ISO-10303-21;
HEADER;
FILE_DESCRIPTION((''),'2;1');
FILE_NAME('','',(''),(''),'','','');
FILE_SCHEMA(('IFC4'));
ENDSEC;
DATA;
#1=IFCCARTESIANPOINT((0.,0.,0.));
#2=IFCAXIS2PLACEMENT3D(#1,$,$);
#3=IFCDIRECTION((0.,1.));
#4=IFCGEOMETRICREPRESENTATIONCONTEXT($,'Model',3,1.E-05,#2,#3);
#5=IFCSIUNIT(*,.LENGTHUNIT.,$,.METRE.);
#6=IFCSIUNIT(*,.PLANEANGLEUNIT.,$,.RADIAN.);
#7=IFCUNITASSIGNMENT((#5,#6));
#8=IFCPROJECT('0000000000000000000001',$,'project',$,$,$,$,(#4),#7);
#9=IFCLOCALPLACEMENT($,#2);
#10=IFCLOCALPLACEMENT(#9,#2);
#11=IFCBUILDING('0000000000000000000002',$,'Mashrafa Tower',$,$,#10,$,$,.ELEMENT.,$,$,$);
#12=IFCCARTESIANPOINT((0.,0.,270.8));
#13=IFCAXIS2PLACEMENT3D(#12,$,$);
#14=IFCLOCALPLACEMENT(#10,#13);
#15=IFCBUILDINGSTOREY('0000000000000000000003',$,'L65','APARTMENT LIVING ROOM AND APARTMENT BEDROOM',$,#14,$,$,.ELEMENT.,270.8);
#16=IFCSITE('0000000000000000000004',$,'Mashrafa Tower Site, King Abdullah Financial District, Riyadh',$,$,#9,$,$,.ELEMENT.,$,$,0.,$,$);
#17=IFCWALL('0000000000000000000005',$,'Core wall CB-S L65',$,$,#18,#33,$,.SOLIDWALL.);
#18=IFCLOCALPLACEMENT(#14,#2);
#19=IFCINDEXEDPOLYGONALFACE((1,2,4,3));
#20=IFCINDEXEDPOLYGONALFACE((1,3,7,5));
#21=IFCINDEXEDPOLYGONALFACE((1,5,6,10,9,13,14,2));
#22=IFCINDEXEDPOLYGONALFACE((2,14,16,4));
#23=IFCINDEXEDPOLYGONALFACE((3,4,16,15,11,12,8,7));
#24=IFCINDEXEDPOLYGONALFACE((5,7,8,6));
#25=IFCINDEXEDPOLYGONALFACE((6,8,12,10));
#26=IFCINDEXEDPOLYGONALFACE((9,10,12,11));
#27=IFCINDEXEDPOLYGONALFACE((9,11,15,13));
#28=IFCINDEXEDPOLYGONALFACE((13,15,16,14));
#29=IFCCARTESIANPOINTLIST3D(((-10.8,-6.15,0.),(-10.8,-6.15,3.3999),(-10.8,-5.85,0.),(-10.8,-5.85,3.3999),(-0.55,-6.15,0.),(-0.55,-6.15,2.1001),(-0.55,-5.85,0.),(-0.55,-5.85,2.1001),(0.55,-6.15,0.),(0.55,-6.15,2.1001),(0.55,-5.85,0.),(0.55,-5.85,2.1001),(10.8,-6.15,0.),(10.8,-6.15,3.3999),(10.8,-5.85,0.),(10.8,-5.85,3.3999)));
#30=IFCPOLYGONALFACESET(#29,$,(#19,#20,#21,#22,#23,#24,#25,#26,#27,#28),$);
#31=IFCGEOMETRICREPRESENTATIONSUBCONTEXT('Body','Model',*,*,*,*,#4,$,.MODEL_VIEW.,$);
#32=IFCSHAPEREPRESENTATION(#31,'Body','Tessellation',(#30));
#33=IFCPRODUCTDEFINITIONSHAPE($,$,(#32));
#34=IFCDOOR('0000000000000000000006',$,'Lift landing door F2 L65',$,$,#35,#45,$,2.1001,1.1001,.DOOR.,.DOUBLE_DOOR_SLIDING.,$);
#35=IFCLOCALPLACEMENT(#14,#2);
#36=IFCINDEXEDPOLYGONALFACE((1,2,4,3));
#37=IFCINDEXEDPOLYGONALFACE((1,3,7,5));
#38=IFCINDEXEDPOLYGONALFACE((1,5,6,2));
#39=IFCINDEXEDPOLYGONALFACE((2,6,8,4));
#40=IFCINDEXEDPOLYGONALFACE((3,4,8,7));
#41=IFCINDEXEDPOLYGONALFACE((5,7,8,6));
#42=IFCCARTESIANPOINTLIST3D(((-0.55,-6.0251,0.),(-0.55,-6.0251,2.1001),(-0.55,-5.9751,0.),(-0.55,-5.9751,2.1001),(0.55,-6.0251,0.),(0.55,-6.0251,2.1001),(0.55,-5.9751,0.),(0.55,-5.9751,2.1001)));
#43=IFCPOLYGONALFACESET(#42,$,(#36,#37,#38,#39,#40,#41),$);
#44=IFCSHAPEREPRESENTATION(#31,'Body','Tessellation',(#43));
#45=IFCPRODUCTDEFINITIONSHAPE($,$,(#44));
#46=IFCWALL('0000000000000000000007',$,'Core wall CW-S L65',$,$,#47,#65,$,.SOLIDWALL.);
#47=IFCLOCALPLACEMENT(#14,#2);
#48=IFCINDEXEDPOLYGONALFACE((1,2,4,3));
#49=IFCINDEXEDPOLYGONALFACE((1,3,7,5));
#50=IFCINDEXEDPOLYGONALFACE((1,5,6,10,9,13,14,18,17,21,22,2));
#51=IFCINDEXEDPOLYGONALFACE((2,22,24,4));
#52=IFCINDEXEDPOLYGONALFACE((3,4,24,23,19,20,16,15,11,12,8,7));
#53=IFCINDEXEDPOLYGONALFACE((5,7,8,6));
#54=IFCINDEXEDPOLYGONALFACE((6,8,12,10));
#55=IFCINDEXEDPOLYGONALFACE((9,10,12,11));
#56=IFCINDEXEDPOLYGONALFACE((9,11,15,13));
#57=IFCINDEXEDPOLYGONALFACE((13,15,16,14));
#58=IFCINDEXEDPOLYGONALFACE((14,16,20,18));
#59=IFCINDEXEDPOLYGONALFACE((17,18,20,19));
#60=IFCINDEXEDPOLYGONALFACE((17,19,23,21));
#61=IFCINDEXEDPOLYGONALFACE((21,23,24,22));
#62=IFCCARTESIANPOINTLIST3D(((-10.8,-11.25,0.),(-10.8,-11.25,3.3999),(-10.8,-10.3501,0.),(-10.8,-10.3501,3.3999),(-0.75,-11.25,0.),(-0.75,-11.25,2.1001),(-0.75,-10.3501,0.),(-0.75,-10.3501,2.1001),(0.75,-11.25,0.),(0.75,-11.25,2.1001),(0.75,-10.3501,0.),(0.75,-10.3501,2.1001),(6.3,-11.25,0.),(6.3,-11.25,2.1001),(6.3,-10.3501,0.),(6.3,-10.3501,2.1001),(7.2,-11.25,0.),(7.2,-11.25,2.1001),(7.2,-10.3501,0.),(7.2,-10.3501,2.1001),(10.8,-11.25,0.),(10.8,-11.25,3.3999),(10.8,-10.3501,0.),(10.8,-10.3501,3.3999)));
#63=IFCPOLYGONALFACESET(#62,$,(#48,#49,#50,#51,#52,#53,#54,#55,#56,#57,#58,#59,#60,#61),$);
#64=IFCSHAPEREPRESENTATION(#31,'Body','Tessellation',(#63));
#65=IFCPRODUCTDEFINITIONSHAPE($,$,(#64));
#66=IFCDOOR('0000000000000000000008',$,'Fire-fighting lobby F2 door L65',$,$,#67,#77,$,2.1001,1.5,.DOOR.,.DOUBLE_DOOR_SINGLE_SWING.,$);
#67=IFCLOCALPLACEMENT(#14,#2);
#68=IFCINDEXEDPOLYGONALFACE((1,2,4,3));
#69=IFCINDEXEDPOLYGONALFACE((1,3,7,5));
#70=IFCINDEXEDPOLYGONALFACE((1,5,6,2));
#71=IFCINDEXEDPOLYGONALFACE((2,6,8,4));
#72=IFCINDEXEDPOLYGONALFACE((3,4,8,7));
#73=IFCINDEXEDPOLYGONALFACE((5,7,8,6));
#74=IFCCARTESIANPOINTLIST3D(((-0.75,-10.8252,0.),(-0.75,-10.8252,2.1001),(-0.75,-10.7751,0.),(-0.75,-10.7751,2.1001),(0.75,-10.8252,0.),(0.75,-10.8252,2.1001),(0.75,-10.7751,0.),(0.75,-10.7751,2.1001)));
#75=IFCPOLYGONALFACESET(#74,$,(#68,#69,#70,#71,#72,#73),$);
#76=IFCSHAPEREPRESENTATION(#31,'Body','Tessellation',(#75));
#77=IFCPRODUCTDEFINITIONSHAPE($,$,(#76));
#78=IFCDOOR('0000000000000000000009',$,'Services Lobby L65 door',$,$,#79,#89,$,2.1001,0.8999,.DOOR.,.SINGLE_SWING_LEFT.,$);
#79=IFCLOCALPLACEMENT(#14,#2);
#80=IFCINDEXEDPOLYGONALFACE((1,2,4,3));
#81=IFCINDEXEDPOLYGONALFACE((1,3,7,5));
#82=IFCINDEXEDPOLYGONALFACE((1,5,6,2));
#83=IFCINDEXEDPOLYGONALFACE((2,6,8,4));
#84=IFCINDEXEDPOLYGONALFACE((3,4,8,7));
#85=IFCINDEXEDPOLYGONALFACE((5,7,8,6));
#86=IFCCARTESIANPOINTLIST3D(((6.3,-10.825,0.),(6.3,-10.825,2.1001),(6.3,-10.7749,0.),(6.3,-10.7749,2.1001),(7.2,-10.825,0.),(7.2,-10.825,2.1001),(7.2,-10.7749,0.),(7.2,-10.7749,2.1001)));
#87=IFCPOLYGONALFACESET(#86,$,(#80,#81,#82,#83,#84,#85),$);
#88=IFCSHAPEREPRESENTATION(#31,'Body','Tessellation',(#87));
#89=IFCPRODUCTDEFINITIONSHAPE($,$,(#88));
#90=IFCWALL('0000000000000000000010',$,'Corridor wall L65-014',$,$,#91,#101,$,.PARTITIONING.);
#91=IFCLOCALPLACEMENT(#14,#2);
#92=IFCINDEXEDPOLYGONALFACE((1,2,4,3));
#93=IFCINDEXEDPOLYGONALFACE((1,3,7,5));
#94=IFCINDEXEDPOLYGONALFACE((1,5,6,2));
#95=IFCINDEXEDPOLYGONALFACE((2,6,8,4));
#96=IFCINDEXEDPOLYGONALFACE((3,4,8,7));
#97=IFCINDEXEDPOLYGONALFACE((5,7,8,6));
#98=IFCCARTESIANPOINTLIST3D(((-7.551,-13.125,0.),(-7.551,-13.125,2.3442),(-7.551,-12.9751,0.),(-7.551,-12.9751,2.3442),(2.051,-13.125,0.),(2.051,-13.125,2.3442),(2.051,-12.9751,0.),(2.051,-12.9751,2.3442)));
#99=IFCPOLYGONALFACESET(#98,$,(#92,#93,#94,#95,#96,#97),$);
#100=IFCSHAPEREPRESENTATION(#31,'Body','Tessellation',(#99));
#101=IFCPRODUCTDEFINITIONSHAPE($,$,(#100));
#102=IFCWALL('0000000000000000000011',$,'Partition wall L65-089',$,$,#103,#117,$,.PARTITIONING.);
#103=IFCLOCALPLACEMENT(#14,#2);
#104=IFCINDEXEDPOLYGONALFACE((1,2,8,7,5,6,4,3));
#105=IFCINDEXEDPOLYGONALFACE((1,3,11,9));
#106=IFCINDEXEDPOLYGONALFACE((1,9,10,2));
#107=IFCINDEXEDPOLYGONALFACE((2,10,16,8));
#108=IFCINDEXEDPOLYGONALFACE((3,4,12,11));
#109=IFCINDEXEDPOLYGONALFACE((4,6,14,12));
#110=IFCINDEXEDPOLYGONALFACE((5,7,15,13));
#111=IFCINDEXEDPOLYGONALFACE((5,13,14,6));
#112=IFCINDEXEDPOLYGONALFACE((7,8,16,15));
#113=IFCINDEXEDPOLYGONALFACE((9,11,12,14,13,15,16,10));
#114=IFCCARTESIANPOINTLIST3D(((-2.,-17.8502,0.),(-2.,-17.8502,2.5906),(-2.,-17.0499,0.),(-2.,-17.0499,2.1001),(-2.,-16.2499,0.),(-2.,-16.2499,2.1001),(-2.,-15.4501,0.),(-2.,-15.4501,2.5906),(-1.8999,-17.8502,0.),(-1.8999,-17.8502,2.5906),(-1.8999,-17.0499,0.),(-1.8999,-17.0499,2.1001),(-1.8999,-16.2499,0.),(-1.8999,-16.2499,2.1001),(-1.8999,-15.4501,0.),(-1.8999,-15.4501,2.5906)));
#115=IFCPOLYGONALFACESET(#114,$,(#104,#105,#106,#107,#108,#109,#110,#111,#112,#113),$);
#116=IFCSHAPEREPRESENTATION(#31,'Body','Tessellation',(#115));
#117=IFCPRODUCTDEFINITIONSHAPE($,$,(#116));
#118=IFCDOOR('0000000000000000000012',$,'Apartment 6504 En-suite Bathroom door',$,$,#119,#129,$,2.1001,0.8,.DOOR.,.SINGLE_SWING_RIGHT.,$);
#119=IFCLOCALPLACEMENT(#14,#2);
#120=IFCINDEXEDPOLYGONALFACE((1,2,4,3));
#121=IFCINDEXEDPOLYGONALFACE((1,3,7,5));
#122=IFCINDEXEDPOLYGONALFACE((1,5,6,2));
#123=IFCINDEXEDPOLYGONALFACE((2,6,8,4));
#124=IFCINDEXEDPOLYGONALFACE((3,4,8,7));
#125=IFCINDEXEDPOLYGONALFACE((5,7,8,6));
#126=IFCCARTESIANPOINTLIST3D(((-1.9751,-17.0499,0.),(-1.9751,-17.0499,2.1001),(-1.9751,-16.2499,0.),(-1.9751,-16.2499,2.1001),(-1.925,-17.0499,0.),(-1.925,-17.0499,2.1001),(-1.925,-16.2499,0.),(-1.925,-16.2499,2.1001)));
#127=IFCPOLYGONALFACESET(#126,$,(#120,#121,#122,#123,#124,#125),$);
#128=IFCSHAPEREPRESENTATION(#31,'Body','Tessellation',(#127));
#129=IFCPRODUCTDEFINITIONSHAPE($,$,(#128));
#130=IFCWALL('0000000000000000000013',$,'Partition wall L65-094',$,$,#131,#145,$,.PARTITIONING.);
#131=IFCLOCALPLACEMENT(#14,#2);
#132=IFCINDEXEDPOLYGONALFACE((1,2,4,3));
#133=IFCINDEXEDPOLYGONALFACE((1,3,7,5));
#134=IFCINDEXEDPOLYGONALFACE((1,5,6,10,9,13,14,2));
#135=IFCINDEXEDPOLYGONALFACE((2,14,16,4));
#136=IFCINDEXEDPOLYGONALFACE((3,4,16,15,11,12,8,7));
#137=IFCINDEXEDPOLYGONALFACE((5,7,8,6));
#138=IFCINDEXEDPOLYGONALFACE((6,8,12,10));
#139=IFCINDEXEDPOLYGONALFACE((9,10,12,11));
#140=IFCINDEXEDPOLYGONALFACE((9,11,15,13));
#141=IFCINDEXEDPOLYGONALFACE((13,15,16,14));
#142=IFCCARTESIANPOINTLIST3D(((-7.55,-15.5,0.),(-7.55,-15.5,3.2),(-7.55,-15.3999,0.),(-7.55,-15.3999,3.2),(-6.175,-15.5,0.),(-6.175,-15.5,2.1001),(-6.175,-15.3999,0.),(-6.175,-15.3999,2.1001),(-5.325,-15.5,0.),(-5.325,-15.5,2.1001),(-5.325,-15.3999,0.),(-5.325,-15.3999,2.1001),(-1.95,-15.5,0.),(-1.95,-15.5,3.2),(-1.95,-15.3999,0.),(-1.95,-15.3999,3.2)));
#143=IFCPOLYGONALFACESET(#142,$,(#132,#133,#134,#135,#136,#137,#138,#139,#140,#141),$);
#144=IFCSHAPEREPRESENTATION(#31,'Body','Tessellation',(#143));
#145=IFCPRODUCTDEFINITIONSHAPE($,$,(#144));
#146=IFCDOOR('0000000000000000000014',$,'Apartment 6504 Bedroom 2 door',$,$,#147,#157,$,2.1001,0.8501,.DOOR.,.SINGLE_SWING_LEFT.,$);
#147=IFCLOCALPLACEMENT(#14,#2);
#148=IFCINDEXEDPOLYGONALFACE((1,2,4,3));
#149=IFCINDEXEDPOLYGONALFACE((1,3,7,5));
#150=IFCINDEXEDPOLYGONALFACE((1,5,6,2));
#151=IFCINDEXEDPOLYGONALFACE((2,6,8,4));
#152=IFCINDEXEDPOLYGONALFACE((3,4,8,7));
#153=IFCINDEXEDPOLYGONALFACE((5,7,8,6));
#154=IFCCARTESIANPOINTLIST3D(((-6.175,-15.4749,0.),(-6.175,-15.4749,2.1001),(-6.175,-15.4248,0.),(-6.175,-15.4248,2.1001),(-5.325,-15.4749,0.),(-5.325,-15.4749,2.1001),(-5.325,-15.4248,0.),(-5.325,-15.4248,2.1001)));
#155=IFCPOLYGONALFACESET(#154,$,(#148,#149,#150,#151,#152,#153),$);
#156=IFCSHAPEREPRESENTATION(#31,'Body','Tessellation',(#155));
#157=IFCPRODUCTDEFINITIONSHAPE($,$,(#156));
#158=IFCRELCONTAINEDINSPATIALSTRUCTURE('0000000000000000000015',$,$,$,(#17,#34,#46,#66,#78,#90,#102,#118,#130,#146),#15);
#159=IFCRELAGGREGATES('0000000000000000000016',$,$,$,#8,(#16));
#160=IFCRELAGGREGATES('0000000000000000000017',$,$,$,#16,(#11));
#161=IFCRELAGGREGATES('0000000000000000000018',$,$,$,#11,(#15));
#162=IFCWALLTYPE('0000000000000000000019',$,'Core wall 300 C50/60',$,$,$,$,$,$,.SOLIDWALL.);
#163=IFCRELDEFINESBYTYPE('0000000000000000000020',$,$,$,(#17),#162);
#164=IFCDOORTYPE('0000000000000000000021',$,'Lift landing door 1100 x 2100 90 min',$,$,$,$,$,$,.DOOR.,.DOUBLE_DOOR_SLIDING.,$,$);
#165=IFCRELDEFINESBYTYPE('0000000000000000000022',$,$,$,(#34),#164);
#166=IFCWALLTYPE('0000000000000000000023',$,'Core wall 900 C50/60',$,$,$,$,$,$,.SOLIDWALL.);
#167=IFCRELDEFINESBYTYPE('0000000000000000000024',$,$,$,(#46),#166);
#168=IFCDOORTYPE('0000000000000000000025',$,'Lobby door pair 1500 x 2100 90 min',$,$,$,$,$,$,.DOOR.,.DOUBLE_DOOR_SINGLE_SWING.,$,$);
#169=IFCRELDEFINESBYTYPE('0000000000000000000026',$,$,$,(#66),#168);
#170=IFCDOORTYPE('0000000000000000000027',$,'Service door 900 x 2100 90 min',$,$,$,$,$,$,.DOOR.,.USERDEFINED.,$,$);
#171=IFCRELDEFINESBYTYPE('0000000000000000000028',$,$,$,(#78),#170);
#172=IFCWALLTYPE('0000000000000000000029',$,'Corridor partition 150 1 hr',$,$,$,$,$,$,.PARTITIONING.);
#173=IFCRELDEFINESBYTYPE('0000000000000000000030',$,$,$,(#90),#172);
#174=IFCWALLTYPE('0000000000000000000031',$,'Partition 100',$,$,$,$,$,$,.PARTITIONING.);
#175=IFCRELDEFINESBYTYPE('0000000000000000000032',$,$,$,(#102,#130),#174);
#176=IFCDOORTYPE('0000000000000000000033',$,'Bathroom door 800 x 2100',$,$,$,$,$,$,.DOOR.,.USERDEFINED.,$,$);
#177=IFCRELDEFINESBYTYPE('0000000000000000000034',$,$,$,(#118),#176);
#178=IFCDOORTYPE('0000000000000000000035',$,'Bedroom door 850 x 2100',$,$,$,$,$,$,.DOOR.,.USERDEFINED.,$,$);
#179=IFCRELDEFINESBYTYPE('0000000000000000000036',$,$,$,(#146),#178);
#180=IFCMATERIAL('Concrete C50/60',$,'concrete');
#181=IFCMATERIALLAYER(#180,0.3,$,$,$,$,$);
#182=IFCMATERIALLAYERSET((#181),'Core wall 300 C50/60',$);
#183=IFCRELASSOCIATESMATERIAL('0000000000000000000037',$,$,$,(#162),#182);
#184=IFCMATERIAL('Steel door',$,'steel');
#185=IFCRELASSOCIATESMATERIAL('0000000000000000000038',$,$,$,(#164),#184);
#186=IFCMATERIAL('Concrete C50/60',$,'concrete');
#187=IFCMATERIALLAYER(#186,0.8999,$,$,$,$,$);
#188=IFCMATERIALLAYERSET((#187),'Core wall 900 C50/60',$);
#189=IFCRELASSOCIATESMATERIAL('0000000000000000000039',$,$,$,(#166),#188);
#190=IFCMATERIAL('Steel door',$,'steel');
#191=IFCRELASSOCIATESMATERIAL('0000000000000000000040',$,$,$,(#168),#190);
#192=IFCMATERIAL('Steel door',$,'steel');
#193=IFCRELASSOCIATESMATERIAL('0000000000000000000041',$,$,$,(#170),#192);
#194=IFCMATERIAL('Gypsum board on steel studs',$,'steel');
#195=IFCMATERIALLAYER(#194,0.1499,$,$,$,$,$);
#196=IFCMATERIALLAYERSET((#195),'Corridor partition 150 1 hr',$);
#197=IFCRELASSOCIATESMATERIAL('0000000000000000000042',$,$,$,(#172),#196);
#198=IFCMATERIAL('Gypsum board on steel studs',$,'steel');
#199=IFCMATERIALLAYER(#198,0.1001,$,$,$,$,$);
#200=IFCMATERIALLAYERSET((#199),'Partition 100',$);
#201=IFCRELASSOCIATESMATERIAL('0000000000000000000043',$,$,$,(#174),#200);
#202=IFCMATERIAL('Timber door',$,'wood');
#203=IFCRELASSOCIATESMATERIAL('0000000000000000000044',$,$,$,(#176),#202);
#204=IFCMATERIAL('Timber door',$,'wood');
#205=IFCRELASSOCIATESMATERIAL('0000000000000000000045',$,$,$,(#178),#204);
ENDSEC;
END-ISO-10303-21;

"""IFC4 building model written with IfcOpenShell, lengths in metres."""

from ifc_helpers import new_model, si_unit, direction, frame, frame_2d, origin, place, context, subcontext, project, spatial, rectangle, extrude, material, layer, layer_set, type_object, element, fill, save


model = new_model("IFC4")

# Units and contexts
model_context = context("Model", 3, precision=1e-05, world=origin(), true_north=direction((0.0, 1.0)))
body_context = subcontext(model_context, "Body", "Model", "MODEL_VIEW")
ifc_project = project(units=[si_unit("LENGTHUNIT", "METRE"), si_unit("PLANEANGLEUNIT", "RADIAN")], contexts=[model_context])

# Site, building, storey
site_placement = place(None, origin())
site = spatial("IfcSite", under=ifc_project, at=site_placement, Name="Mashrafa Tower Site, King Abdullah Financial District, Riyadh", CompositionType="ELEMENT", RefElevation=0.0)
building_placement = place(site_placement, origin())
building = spatial("IfcBuilding", under=site, at=building_placement, Name="Mashrafa Tower", CompositionType="ELEMENT")
storey_placement = place(building_placement, frame((0.0, 0.0, 270.8)))
storey = spatial("IfcBuildingStorey", under=building, at=storey_placement, Name="L65", Description="APARTMENT LIVING ROOM AND APARTMENT BEDROOM", CompositionType="ELEMENT", Elevation=270.8)

# Wall, opening, door
ifc_material_1 = material(Name="Concrete C50/60", Category="concrete")
ifc_layer_1 = layer(ifc_material_1, 0.3)
ifc_layer_set_1 = layer_set([ifc_layer_1], Name="Core wall 300 C50/60")
wall_type_1 = type_object("IfcWallType", Name="Core wall 300 C50/60", PredefinedType="SOLIDWALL", material=ifc_layer_set_1)
wall_1_placement = place(storey_placement, frame((-10.8, -6.0, 0.0), z_axis=(0.0, 0.0, 1.0), x_axis=(1.0, 0.0, 0.0)))
wall_1 = element("IfcWall", 1, at=wall_1_placement, inside=storey, type_object=wall_type_1, Name="Core wall CB-S L65", PredefinedType="SOLIDWALL", context=body_context, shape_type="SweptSolid", body=[
    extrude(rectangle(XDim=21.6001, YDim=0.3, at=frame_2d((10.8, 0.0))), origin(), (0.0, 0.0, 1.0), 3.3999),
])
opening_1_placement = place(wall_1_placement, frame((10.25, 0.0, 0.0)))
opening_1 = element("IfcOpeningElement", 2, at=opening_1_placement, cuts=wall_1, PredefinedType="OPENING", context=body_context, shape_type="SweptSolid", body=[
    extrude(rectangle(XDim=1.1001, YDim=2.1001, at=frame_2d((0.55, 1.05))), frame((0.0, 0.1599, 0.0), z_axis=(0.0, -1.0, 0.0), x_axis=(1.0, 0.0, 0.0)), (0.0, 0.0, 1.0), 0.3201),
])
ifc_material_2 = material(Name="Steel door", Category="steel")
door_type_1 = type_object("IfcDoorType", Name="Lift landing door 1100 x 2100 90 min", OperationType="DOUBLE_DOOR_SLIDING", PredefinedType="DOOR", material=ifc_material_2)
door_1_placement = place(opening_1_placement, origin())
door_1 = element("IfcDoor", 3, at=door_1_placement, inside=storey, type_object=door_type_1, Name="Lift landing door F2 L65", OperationType="DOUBLE_DOOR_SLIDING", OverallHeight=2.1001, OverallWidth=1.1001, PredefinedType="DOOR", context=body_context, shape_type="SweptSolid", body=[
    extrude(rectangle(XDim=1.1001, YDim=2.1001, at=frame_2d((0.55, 1.05))), frame((0.0, 0.0249, 0.0), z_axis=(0.0, -1.0, 0.0), x_axis=(1.0, 0.0, 0.0)), (0.0, 0.0, 1.0), 0.05),
])
fill(opening_1, door_1)

# Wall, openings, doors
ifc_material_3 = material(Name="Concrete C50/60", Category="concrete")
ifc_layer_2 = layer(ifc_material_3, 0.8999)
ifc_layer_set_2 = layer_set([ifc_layer_2], Name="Core wall 900 C50/60")
wall_type_2 = type_object("IfcWallType", Name="Core wall 900 C50/60", PredefinedType="SOLIDWALL", material=ifc_layer_set_2)
wall_2_placement = place(storey_placement, frame((-10.8, -10.8, 0.0), z_axis=(0.0, 0.0, 1.0), x_axis=(1.0, 0.0, 0.0)))
wall_2 = element("IfcWall", 4, at=wall_2_placement, inside=storey, type_object=wall_type_2, Name="Core wall CW-S L65", PredefinedType="SOLIDWALL", context=body_context, shape_type="SweptSolid", body=[
    extrude(rectangle(XDim=21.6001, YDim=0.8999, at=frame_2d((10.8, 0.0))), origin(), (0.0, 0.0, 1.0), 3.3999),
])
opening_2_placement = place(wall_2_placement, frame((10.05, 0.0, 0.0)))
opening_2 = element("IfcOpeningElement", 5, at=opening_2_placement, cuts=wall_2, PredefinedType="OPENING", context=body_context, shape_type="SweptSolid", body=[
    extrude(rectangle(XDim=1.5, YDim=2.1001, at=frame_2d((0.75, 1.05))), frame((0.0, 0.46, 0.0), z_axis=(0.0, -1.0, 0.0), x_axis=(1.0, 0.0, 0.0)), (0.0, 0.0, 1.0), 0.9199),
])
opening_3_placement = place(wall_2_placement, frame((17.1001, 0.0, 0.0)))
opening_3 = element("IfcOpeningElement", 6, at=opening_3_placement, cuts=wall_2, PredefinedType="OPENING", context=body_context, shape_type="SweptSolid", body=[
    extrude(rectangle(XDim=0.8999, YDim=2.1001, at=frame_2d((0.45, 1.05))), frame((0.0, 0.46, 0.0), z_axis=(0.0, -1.0, 0.0), x_axis=(1.0, 0.0, 0.0)), (0.0, 0.0, 1.0), 0.9199),
])
ifc_material_4 = material(Name="Steel door", Category="steel")
door_type_2 = type_object("IfcDoorType", Name="Lobby door pair 1500 x 2100 90 min", OperationType="DOUBLE_DOOR_SINGLE_SWING", PredefinedType="DOOR", material=ifc_material_4)
door_2_placement = place(opening_2_placement, origin())
door_2 = element("IfcDoor", 7, at=door_2_placement, inside=storey, type_object=door_type_2, Name="Fire-fighting lobby F2 door L65", OperationType="DOUBLE_DOOR_SINGLE_SWING", OverallHeight=2.1001, OverallWidth=1.5, PredefinedType="DOOR", context=body_context, shape_type="SweptSolid", body=[
    extrude(rectangle(XDim=1.5, YDim=2.1001, at=frame_2d((0.75, 1.05))), frame((0.0, 0.0249, 0.0), z_axis=(0.0, -1.0, 0.0), x_axis=(1.0, 0.0, 0.0)), (0.0, 0.0, 1.0), 0.05),
])
fill(opening_2, door_2)
ifc_material_5 = material(Name="Steel door", Category="steel")
door_type_3 = type_object("IfcDoorType", Name="Service door 900 x 2100 90 min", OperationType="USERDEFINED", PredefinedType="DOOR", material=ifc_material_5)
door_3_placement = place(opening_3_placement, frame((0.8999, 0.0, 0.0), z_axis=(0.0, 0.0, 1.0), x_axis=(-1.0, 0.0, 0.0)))
door_3 = element("IfcDoor", 8, at=door_3_placement, inside=storey, type_object=door_type_3, Name="Services Lobby L65 door", OperationType="SINGLE_SWING_LEFT", OverallHeight=2.1001, OverallWidth=0.8999, PredefinedType="DOOR", context=body_context, shape_type="SweptSolid", body=[
    extrude(rectangle(XDim=0.8999, YDim=2.1001, at=frame_2d((0.45, 1.05))), frame((0.0, 0.0249, 0.0), z_axis=(0.0, -1.0, 0.0), x_axis=(1.0, 0.0, 0.0)), (0.0, 0.0, 1.0), 0.05),
])
fill(opening_3, door_3)

# Wall
ifc_material_6 = material(Name="Gypsum board on steel studs", Category="steel")
ifc_layer_3 = layer(ifc_material_6, 0.1499)
ifc_layer_set_3 = layer_set([ifc_layer_3], Name="Corridor partition 150 1 hr")
wall_type_3 = type_object("IfcWallType", Name="Corridor partition 150 1 hr", PredefinedType="PARTITIONING", material=ifc_layer_set_3)
wall_3_placement = place(storey_placement, frame((-7.551, -13.05, 0.0), z_axis=(0.0, 0.0, 1.0), x_axis=(1.0, 0.0, 0.0)))
element("IfcWall", 9, at=wall_3_placement, inside=storey, type_object=wall_type_3, Name="Corridor wall L65-014", PredefinedType="PARTITIONING", context=body_context, shape_type="SweptSolid", body=[
    extrude(rectangle(XDim=9.6021, YDim=0.1499, at=frame_2d((4.801, 0.0))), origin(), (0.0, 0.0, 1.0), 2.3442),
])

# Walls, openings, doors
ifc_material_7 = material(Name="Gypsum board on steel studs", Category="steel")
ifc_layer_4 = layer(ifc_material_7, 0.1001)
ifc_layer_set_4 = layer_set([ifc_layer_4], Name="Partition 100")
wall_type_4 = type_object("IfcWallType", Name="Partition 100", PredefinedType="PARTITIONING", material=ifc_layer_set_4)
wall_4_placement = place(storey_placement, frame((-1.95, -15.45, 0.0), z_axis=(0.0, 0.0, 1.0), x_axis=(0.0, -1.0, 0.0)))
wall_4 = element("IfcWall", 10, at=wall_4_placement, inside=storey, type_object=wall_type_4, Name="Partition wall L65-089", PredefinedType="PARTITIONING", context=body_context, shape_type="SweptSolid", body=[
    extrude(rectangle(XDim=2.4001, YDim=0.1001, at=frame_2d((1.2002, 0.0))), origin(), (0.0, 0.0, 1.0), 2.5906),
])
opening_4_placement = place(wall_4_placement, frame((0.8, 0.0, 0.0)))
opening_4 = element("IfcOpeningElement", 11, at=opening_4_placement, cuts=wall_4, PredefinedType="OPENING", context=body_context, shape_type="SweptSolid", body=[
    extrude(rectangle(XDim=0.8, YDim=2.1001, at=frame_2d((0.3999, 1.05))), frame((0.0, 0.0601, 0.0), z_axis=(0.0, -1.0, 0.0), x_axis=(1.0, 0.0, 0.0)), (0.0, 0.0, 1.0), 0.1201),
])
ifc_material_8 = material(Name="Timber door", Category="wood")
door_type_4 = type_object("IfcDoorType", Name="Bathroom door 800 x 2100", OperationType="USERDEFINED", PredefinedType="DOOR", material=ifc_material_8)
door_4_placement = place(opening_4_placement, origin())
door_4 = element("IfcDoor", 12, at=door_4_placement, inside=storey, type_object=door_type_4, Name="Apartment 6504 En-suite Bathroom door", OperationType="SINGLE_SWING_RIGHT", OverallHeight=2.1001, OverallWidth=0.8, PredefinedType="DOOR", context=body_context, shape_type="SweptSolid", body=[
    extrude(rectangle(XDim=0.8, YDim=2.1001, at=frame_2d((0.3999, 1.05))), frame((0.0, 0.0249, 0.0), z_axis=(0.0, -1.0, 0.0), x_axis=(1.0, 0.0, 0.0)), (0.0, 0.0, 1.0), 0.05),
])
fill(opening_4, door_4)
wall_5_placement = place(storey_placement, frame((-1.95, -15.45, 0.0), z_axis=(0.0, 0.0, 1.0), x_axis=(-1.0, 0.0, 0.0)))
wall_5 = element("IfcWall", 13, at=wall_5_placement, inside=storey, type_object=wall_type_4, Name="Partition wall L65-094", PredefinedType="PARTITIONING", context=body_context, shape_type="SweptSolid", body=[
    extrude(rectangle(XDim=5.6001, YDim=0.1001, at=frame_2d((2.8, 0.0))), origin(), (0.0, 0.0, 1.0), 3.2),
])
opening_5_placement = place(wall_5_placement, frame((3.375, 0.0, 0.0)))
opening_5 = element("IfcOpeningElement", 14, at=opening_5_placement, cuts=wall_5, PredefinedType="OPENING", context=body_context, shape_type="SweptSolid", body=[
    extrude(rectangle(XDim=0.8501, YDim=2.1001, at=frame_2d((0.425, 1.05))), frame((0.0, 0.0601, 0.0), z_axis=(0.0, -1.0, 0.0), x_axis=(1.0, 0.0, 0.0)), (0.0, 0.0, 1.0), 0.1201),
])
ifc_material_9 = material(Name="Timber door", Category="wood")
door_type_5 = type_object("IfcDoorType", Name="Bedroom door 850 x 2100", OperationType="USERDEFINED", PredefinedType="DOOR", material=ifc_material_9)
door_5_placement = place(opening_5_placement, origin())
door_5 = element("IfcDoor", 15, at=door_5_placement, inside=storey, type_object=door_type_5, Name="Apartment 6504 Bedroom 2 door", OperationType="SINGLE_SWING_LEFT", OverallHeight=2.1001, OverallWidth=0.8501, PredefinedType="DOOR", context=body_context, shape_type="SweptSolid", body=[
    extrude(rectangle(XDim=0.8501, YDim=2.1001, at=frame_2d((0.425, 1.05))), frame((0.0, 0.0249, 0.0), z_axis=(0.0, -1.0, 0.0), x_axis=(1.0, 0.0, 0.0)), (0.0, 0.0, 1.0), 0.05),
])
fill(opening_5, door_5)

save(model, "model.ifc")
